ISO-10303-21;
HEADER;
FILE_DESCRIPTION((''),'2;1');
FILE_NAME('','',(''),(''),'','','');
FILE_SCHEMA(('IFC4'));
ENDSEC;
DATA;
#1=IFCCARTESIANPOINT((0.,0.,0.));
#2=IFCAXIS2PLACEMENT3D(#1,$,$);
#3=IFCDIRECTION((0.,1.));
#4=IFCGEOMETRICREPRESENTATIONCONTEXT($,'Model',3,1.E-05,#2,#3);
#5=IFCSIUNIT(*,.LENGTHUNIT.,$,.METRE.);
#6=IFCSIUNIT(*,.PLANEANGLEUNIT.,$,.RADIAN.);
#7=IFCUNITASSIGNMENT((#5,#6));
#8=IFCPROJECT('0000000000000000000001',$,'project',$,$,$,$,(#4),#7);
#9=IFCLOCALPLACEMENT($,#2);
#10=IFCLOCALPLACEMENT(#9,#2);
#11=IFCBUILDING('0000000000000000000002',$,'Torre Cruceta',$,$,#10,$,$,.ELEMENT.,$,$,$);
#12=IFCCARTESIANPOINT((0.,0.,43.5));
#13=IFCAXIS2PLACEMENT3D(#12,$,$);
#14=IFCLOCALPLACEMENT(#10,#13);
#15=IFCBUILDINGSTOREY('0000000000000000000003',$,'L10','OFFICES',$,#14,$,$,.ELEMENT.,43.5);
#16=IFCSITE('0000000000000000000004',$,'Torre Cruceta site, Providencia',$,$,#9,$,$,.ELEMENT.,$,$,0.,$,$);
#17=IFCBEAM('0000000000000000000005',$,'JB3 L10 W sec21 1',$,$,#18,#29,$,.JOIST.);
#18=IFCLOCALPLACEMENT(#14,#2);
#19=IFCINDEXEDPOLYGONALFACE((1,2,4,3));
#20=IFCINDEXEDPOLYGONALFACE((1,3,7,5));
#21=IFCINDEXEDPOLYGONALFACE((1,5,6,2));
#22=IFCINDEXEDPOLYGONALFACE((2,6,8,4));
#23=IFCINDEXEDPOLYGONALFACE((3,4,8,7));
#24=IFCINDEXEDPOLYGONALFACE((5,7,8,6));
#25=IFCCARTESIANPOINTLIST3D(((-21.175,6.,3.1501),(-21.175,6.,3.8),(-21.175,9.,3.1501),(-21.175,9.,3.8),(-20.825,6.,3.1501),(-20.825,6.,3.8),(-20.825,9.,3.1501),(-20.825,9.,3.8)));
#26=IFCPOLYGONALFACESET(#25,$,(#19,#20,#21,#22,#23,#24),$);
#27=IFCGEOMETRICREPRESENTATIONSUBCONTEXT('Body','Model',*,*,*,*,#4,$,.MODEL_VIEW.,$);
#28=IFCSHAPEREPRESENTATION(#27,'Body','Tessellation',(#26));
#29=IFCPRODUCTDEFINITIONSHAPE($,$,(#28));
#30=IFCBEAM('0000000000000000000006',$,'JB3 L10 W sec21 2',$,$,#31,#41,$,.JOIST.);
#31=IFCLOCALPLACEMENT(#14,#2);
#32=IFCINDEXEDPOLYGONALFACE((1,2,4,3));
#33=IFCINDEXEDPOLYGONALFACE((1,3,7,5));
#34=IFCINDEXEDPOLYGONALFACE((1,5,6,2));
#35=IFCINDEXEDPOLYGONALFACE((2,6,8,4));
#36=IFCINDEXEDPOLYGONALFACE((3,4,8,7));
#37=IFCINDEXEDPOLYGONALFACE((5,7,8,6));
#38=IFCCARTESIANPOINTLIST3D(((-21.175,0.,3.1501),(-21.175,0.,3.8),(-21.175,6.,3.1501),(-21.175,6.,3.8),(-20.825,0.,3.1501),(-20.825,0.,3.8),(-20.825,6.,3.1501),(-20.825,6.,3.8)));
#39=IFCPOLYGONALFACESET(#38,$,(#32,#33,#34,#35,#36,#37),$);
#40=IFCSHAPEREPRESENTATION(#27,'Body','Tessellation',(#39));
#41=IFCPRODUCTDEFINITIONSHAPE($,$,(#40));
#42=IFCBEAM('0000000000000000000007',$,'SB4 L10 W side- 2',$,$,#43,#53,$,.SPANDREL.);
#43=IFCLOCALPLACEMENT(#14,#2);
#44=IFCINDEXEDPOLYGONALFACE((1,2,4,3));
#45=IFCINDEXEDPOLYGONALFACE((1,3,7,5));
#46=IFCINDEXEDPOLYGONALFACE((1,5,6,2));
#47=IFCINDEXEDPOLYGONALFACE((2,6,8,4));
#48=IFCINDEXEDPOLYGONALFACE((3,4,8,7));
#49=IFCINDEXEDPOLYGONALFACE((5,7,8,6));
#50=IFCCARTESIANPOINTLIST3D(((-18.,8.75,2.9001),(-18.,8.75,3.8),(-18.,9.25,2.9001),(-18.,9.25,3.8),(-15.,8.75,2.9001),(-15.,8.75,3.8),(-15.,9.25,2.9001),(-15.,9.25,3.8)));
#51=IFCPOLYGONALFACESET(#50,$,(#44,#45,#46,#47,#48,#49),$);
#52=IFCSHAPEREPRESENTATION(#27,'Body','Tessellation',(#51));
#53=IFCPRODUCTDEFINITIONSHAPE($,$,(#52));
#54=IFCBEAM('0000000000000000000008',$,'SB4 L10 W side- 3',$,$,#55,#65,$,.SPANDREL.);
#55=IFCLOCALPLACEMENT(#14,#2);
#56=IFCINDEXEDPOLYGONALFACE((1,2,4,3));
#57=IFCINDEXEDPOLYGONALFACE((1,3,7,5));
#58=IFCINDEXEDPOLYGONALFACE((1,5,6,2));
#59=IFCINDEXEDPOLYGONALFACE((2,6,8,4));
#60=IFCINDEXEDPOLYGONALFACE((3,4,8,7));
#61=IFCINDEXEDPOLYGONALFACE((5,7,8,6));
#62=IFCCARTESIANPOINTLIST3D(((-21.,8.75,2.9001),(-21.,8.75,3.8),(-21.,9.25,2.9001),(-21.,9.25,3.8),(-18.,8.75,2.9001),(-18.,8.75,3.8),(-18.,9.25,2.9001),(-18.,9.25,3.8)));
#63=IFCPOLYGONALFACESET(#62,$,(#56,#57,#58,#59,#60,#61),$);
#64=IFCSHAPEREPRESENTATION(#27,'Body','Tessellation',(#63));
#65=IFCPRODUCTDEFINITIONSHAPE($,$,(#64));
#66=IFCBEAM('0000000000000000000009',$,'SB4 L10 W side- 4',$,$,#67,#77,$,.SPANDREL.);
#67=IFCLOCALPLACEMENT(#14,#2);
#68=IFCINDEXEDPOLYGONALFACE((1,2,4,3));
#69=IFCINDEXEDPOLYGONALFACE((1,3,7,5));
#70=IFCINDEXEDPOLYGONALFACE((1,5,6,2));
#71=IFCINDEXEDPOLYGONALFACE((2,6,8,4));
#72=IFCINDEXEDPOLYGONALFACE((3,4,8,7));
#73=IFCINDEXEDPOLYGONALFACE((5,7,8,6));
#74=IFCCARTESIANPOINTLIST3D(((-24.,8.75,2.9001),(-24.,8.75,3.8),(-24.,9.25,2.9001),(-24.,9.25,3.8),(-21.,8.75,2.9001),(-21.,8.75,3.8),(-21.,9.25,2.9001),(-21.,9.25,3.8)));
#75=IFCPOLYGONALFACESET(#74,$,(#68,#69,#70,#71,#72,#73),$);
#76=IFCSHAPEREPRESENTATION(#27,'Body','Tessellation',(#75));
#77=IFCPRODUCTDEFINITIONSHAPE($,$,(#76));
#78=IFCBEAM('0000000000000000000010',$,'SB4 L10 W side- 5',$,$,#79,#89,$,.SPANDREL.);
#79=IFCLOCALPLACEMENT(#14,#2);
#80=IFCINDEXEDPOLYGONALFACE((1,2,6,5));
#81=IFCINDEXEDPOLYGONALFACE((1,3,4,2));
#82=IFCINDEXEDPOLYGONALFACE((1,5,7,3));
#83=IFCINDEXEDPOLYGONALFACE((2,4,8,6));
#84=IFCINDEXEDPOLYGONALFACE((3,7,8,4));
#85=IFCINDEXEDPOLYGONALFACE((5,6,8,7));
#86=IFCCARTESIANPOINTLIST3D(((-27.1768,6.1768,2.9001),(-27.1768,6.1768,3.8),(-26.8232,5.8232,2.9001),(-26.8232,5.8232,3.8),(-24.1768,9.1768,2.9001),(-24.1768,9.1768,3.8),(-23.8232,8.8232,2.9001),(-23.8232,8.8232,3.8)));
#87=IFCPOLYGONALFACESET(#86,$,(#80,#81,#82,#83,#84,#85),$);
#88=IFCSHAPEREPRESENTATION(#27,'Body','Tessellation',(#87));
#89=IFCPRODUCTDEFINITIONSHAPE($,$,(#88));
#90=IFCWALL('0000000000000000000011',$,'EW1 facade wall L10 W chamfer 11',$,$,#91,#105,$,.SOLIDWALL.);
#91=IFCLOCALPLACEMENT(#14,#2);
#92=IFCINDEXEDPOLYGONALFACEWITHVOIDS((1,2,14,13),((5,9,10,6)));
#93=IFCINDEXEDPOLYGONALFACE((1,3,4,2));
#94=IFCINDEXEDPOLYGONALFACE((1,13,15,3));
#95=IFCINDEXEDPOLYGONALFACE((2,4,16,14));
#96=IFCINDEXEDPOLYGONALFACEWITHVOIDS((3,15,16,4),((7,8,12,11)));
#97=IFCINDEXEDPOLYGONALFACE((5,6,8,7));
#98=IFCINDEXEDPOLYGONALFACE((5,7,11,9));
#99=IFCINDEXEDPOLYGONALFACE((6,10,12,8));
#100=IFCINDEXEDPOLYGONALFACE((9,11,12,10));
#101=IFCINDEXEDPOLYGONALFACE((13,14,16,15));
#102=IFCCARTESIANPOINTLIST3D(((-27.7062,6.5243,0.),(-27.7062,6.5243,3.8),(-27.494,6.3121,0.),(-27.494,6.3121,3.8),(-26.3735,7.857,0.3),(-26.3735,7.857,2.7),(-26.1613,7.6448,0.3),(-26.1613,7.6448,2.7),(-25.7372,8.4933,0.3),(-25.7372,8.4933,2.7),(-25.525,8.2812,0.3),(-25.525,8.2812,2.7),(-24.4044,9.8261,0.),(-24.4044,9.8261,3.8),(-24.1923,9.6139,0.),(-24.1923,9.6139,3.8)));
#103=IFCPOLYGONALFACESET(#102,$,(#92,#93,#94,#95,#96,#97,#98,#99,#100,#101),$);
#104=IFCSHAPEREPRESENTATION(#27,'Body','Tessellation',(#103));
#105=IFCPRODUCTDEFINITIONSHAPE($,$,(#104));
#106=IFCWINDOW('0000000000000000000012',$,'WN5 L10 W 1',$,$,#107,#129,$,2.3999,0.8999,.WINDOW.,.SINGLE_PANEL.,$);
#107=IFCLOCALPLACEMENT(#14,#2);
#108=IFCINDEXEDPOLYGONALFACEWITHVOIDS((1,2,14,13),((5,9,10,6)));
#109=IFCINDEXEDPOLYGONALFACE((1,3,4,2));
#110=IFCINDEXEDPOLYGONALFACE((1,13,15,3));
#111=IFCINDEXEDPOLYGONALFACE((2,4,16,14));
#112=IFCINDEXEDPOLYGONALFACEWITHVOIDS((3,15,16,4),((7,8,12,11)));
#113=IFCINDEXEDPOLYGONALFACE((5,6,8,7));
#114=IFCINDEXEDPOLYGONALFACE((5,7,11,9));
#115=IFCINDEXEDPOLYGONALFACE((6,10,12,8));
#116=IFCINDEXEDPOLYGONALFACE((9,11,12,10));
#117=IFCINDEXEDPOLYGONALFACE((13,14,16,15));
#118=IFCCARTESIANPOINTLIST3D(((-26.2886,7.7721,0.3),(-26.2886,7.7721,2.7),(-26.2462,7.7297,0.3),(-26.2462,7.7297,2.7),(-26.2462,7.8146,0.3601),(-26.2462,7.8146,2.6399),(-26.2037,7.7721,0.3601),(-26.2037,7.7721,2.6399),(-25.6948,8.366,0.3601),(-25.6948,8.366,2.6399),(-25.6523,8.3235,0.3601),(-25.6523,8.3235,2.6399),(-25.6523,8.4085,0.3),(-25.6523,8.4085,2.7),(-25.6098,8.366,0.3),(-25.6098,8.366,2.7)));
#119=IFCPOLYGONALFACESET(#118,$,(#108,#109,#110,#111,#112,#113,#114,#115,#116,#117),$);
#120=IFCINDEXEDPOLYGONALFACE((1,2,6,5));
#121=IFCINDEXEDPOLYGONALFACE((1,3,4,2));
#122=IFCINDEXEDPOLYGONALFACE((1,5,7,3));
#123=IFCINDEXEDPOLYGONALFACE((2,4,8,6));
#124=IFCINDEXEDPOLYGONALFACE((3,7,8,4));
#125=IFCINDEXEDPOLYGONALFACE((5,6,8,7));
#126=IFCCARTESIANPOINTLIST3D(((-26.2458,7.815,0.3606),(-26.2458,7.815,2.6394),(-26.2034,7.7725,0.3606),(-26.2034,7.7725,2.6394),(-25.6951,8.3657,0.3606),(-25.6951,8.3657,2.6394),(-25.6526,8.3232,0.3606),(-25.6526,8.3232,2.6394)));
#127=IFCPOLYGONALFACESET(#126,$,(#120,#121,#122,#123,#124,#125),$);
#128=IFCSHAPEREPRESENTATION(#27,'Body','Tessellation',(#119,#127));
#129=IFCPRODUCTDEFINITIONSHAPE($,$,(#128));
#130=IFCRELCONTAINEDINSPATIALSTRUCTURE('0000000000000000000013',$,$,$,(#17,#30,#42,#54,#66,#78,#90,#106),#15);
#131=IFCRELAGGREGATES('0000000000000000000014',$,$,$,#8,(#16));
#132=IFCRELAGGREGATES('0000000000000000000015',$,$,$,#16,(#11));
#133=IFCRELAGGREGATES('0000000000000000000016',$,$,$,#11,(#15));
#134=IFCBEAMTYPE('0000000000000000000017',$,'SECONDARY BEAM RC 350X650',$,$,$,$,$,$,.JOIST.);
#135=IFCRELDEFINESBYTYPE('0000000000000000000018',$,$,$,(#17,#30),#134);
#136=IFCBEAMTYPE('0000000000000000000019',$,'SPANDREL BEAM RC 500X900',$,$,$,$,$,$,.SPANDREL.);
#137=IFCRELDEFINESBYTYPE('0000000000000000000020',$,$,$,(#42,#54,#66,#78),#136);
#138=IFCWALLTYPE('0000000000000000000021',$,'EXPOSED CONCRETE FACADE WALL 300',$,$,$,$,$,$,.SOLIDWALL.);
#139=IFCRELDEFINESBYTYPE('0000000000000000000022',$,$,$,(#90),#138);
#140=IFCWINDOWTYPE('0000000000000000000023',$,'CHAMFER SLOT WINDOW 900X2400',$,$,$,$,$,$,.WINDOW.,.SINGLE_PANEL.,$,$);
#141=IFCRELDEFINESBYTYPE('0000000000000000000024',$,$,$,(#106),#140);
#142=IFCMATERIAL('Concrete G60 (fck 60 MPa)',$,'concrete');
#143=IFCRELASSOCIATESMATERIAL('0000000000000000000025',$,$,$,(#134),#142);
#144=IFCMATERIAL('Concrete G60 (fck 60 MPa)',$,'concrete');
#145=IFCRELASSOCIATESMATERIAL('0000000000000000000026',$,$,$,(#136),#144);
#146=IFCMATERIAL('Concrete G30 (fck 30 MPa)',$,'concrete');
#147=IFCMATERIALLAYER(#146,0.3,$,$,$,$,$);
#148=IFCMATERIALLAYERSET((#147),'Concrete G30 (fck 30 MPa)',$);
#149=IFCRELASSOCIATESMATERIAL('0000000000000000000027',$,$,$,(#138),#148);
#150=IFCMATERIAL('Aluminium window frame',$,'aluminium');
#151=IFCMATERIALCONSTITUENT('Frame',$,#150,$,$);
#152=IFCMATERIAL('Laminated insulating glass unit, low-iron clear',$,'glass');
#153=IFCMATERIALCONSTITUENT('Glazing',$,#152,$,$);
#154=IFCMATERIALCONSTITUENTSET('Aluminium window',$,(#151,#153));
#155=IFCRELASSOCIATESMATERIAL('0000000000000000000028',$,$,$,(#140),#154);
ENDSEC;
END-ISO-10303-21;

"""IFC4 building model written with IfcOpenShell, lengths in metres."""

from ifc_helpers import new_model, si_unit, direction, frame, frame_2d, origin, origin_2d, place, context, subcontext, project, spatial, rectangle, hollow_rectangle, extrude, material, layer, layer_set, constituent, constituent_set, material_profile, profile_set, type_object, element, fill, save


model = new_model("IFC4")

# Units and contexts
model_context = context("Model", 3, precision=1e-05, world=origin(), true_north=direction((0.0, 1.0)))
body_context = subcontext(model_context, "Body", "Model", "MODEL_VIEW")
ifc_project = project(units=[si_unit("LENGTHUNIT", "METRE"), si_unit("PLANEANGLEUNIT", "RADIAN")], contexts=[model_context])

# Site, building, storey
site_placement = place(None, origin())
site = spatial("IfcSite", under=ifc_project, at=site_placement, Name="Torre Cruceta site, Providencia", CompositionType="ELEMENT", RefElevation=0.0)
building_placement = place(site_placement, origin())
building = spatial("IfcBuilding", under=site, at=building_placement, Name="Torre Cruceta", CompositionType="ELEMENT")
storey_placement = place(building_placement, frame((0.0, 0.0, 43.5)))
storey = spatial("IfcBuildingStorey", under=building, at=storey_placement, Name="L10", Description="OFFICES", CompositionType="ELEMENT", Elevation=43.5)

# Beams
ifc_material_1 = material(Name="Concrete G60 (fck 60 MPa)", Category="concrete")
ifc_material_profile_1 = material_profile(ifc_material_1, rectangle(XDim=0.3501, YDim=0.6499, at=origin_2d()), Name="RC 350X650")
ifc_profile_set_1 = profile_set([ifc_material_profile_1], Name="Concrete G60 (fck 60 MPa)")
beam_type_1 = type_object("IfcBeamType", Name="SECONDARY BEAM RC 350X650", PredefinedType="JOIST", material=ifc_profile_set_1)
beam_1_placement = place(storey_placement, frame((-21.0, 9.0, 3.4751), z_axis=(0.0, -1.0, 0.0), x_axis=(1.0, 0.0, 0.0)))
element("IfcBeam", 1, at=beam_1_placement, inside=storey, type_object=beam_type_1, Name="JB3 L10 W sec21 1", PredefinedType="JOIST", context=body_context, shape_type="SweptSolid", body=[
    extrude(rectangle(XDim=0.3501, YDim=0.6499, at=origin_2d()), origin(), (0.0, 0.0, 1.0), 3.0),
])
beam_2_placement = place(storey_placement, frame((-21.0, 6.0, 3.4751), z_axis=(0.0, -1.0, 0.0), x_axis=(1.0, 0.0, 0.0)))
element("IfcBeam", 2, at=beam_2_placement, inside=storey, type_object=beam_type_1, Name="JB3 L10 W sec21 2", PredefinedType="JOIST", context=body_context, shape_type="SweptSolid", body=[
    extrude(rectangle(XDim=0.3501, YDim=0.6499, at=origin_2d()), origin(), (0.0, 0.0, 1.0), 6.0),
])
ifc_material_2 = material(Name="Concrete G60 (fck 60 MPa)", Category="concrete")
ifc_material_profile_2 = material_profile(ifc_material_2, rectangle(XDim=0.5, YDim=0.8999, at=origin_2d()), Name="RC 500X900")
ifc_profile_set_2 = profile_set([ifc_material_profile_2], Name="Concrete G60 (fck 60 MPa)")
beam_type_2 = type_object("IfcBeamType", Name="SPANDREL BEAM RC 500X900", PredefinedType="SPANDREL", material=ifc_profile_set_2)
for number, where, z_axis, x_axis, name in (
    (3, (-15.0, 9.0, 3.3501), (-1.0, 0.0, 0.0), (0.0, -1.0, 0.0), "SB4 L10 W side- 2"),
    (4, (-18.0, 9.0, 3.3501), (-1.0, 0.0, 0.0), (0.0, -1.0, 0.0), "SB4 L10 W side- 3"),
    (5, (-21.0, 9.0, 3.3501), (-1.0, 0.0, 0.0), (0.0, -1.0, 0.0), "SB4 L10 W side- 4"),
):
    element("IfcBeam", number, at=place(storey_placement, frame(where, z_axis=z_axis, x_axis=x_axis)), inside=storey, type_object=beam_type_2, Name=name, PredefinedType="SPANDREL", context=body_context, shape_type="SweptSolid", body=[
        extrude(rectangle(XDim=0.5, YDim=0.8999, at=origin_2d()), origin(), (0.0, 0.0, 1.0), 3.0),
    ])
beam_3_placement = place(storey_placement, frame((-24.0, 9.0, 3.3501), z_axis=(-0.707107, -0.707107, 0.0), x_axis=(0.707107, -0.707107, 0.0)))
element("IfcBeam", 6, at=beam_3_placement, inside=storey, type_object=beam_type_2, Name="SB4 L10 W side- 5", PredefinedType="SPANDREL", context=body_context, shape_type="SweptSolid", body=[
    extrude(rectangle(XDim=0.5, YDim=0.8999, at=origin_2d()), origin(), (0.0, 0.0, 1.0), 4.2427),
])

# Wall, opening, window
ifc_material_3 = material(Name="Concrete G30 (fck 30 MPa)", Category="concrete")
ifc_layer_1 = layer(ifc_material_3, 0.3)
ifc_layer_set_1 = layer_set([ifc_layer_1], Name="Concrete G30 (fck 30 MPa)")
wall_type_1 = type_object("IfcWallType", Name="EXPOSED CONCRETE FACADE WALL 300", PredefinedType="SOLIDWALL", material=ifc_layer_set_1)
wall_1_placement = place(storey_placement, frame((-24.2983, 9.72, 0.0), z_axis=(0.0, 0.0, 1.0), x_axis=(-0.707107, -0.707107, 0.0)))
wall_1 = element("IfcWall", 7, at=wall_1_placement, inside=storey, type_object=wall_type_1, Name="EW1 facade wall L10 W chamfer 11", PredefinedType="SOLIDWALL", context=body_context, shape_type="SweptSolid", body=[
    extrude(rectangle(XDim=4.6694, YDim=0.3, at=frame_2d((2.3347, 0.0))), origin(), (0.0, 0.0, 1.0), 3.8),
])
opening_1_placement = place(wall_1_placement, frame((1.8848, 0.0, 0.3)))
opening_1 = element("IfcOpeningElement", 8, at=opening_1_placement, cuts=wall_1, PredefinedType="OPENING", context=body_context, shape_type="SweptSolid", body=[
    extrude(rectangle(XDim=0.8999, YDim=2.3999, at=frame_2d((0.45, 1.2))), frame((0.0, 0.1599, 0.0), z_axis=(0.0, -1.0, 0.0), x_axis=(1.0, 0.0, 0.0)), (0.0, 0.0, 1.0), 0.3201),
])
ifc_material_4 = material(Name="Aluminium window frame", Category="aluminium")
ifc_constituent_1 = constituent(ifc_material_4, Name="Frame")
ifc_material_5 = material(Name="Laminated insulating glass unit, low-iron clear", Category="glass")
ifc_constituent_2 = constituent(ifc_material_5, Name="Glazing")
ifc_constituent_set_1 = constituent_set(constituents=[ifc_constituent_1, ifc_constituent_2], Name="Aluminium window")
window_type_1 = type_object("IfcWindowType", Name="CHAMFER SLOT WINDOW 900X2400", PartitioningType="SINGLE_PANEL", PredefinedType="WINDOW", material=ifc_constituent_set_1)
window_1_placement = place(opening_1_placement, origin())
window_1 = element("IfcWindow", 9, at=window_1_placement, inside=storey, type_object=window_type_1, Name="WN5 L10 W 1", OverallHeight=2.3999, OverallWidth=0.8999, PartitioningType="SINGLE_PANEL", PredefinedType="WINDOW", context=body_context, shape_type="SweptSolid", body=[
    extrude(hollow_rectangle(XDim=0.8999, YDim=2.3999, WallThickness=0.0601, at=frame_2d((0.45, 1.2))), frame((0.0, 0.03, 0.0), z_axis=(0.0, -1.0, 0.0), x_axis=(1.0, 0.0, 0.0)), (0.0, 0.0, 1.0), 0.0601),
    extrude(rectangle(XDim=0.7788, YDim=2.2788, at=frame_2d((0.45, 1.2))), frame((0.0, 0.03, 0.0), z_axis=(0.0, -1.0, 0.0), x_axis=(1.0, 0.0, 0.0)), (0.0, 0.0, 1.0), 0.0601),
])
fill(opening_1, window_1)

save(model, "model.ifc")
